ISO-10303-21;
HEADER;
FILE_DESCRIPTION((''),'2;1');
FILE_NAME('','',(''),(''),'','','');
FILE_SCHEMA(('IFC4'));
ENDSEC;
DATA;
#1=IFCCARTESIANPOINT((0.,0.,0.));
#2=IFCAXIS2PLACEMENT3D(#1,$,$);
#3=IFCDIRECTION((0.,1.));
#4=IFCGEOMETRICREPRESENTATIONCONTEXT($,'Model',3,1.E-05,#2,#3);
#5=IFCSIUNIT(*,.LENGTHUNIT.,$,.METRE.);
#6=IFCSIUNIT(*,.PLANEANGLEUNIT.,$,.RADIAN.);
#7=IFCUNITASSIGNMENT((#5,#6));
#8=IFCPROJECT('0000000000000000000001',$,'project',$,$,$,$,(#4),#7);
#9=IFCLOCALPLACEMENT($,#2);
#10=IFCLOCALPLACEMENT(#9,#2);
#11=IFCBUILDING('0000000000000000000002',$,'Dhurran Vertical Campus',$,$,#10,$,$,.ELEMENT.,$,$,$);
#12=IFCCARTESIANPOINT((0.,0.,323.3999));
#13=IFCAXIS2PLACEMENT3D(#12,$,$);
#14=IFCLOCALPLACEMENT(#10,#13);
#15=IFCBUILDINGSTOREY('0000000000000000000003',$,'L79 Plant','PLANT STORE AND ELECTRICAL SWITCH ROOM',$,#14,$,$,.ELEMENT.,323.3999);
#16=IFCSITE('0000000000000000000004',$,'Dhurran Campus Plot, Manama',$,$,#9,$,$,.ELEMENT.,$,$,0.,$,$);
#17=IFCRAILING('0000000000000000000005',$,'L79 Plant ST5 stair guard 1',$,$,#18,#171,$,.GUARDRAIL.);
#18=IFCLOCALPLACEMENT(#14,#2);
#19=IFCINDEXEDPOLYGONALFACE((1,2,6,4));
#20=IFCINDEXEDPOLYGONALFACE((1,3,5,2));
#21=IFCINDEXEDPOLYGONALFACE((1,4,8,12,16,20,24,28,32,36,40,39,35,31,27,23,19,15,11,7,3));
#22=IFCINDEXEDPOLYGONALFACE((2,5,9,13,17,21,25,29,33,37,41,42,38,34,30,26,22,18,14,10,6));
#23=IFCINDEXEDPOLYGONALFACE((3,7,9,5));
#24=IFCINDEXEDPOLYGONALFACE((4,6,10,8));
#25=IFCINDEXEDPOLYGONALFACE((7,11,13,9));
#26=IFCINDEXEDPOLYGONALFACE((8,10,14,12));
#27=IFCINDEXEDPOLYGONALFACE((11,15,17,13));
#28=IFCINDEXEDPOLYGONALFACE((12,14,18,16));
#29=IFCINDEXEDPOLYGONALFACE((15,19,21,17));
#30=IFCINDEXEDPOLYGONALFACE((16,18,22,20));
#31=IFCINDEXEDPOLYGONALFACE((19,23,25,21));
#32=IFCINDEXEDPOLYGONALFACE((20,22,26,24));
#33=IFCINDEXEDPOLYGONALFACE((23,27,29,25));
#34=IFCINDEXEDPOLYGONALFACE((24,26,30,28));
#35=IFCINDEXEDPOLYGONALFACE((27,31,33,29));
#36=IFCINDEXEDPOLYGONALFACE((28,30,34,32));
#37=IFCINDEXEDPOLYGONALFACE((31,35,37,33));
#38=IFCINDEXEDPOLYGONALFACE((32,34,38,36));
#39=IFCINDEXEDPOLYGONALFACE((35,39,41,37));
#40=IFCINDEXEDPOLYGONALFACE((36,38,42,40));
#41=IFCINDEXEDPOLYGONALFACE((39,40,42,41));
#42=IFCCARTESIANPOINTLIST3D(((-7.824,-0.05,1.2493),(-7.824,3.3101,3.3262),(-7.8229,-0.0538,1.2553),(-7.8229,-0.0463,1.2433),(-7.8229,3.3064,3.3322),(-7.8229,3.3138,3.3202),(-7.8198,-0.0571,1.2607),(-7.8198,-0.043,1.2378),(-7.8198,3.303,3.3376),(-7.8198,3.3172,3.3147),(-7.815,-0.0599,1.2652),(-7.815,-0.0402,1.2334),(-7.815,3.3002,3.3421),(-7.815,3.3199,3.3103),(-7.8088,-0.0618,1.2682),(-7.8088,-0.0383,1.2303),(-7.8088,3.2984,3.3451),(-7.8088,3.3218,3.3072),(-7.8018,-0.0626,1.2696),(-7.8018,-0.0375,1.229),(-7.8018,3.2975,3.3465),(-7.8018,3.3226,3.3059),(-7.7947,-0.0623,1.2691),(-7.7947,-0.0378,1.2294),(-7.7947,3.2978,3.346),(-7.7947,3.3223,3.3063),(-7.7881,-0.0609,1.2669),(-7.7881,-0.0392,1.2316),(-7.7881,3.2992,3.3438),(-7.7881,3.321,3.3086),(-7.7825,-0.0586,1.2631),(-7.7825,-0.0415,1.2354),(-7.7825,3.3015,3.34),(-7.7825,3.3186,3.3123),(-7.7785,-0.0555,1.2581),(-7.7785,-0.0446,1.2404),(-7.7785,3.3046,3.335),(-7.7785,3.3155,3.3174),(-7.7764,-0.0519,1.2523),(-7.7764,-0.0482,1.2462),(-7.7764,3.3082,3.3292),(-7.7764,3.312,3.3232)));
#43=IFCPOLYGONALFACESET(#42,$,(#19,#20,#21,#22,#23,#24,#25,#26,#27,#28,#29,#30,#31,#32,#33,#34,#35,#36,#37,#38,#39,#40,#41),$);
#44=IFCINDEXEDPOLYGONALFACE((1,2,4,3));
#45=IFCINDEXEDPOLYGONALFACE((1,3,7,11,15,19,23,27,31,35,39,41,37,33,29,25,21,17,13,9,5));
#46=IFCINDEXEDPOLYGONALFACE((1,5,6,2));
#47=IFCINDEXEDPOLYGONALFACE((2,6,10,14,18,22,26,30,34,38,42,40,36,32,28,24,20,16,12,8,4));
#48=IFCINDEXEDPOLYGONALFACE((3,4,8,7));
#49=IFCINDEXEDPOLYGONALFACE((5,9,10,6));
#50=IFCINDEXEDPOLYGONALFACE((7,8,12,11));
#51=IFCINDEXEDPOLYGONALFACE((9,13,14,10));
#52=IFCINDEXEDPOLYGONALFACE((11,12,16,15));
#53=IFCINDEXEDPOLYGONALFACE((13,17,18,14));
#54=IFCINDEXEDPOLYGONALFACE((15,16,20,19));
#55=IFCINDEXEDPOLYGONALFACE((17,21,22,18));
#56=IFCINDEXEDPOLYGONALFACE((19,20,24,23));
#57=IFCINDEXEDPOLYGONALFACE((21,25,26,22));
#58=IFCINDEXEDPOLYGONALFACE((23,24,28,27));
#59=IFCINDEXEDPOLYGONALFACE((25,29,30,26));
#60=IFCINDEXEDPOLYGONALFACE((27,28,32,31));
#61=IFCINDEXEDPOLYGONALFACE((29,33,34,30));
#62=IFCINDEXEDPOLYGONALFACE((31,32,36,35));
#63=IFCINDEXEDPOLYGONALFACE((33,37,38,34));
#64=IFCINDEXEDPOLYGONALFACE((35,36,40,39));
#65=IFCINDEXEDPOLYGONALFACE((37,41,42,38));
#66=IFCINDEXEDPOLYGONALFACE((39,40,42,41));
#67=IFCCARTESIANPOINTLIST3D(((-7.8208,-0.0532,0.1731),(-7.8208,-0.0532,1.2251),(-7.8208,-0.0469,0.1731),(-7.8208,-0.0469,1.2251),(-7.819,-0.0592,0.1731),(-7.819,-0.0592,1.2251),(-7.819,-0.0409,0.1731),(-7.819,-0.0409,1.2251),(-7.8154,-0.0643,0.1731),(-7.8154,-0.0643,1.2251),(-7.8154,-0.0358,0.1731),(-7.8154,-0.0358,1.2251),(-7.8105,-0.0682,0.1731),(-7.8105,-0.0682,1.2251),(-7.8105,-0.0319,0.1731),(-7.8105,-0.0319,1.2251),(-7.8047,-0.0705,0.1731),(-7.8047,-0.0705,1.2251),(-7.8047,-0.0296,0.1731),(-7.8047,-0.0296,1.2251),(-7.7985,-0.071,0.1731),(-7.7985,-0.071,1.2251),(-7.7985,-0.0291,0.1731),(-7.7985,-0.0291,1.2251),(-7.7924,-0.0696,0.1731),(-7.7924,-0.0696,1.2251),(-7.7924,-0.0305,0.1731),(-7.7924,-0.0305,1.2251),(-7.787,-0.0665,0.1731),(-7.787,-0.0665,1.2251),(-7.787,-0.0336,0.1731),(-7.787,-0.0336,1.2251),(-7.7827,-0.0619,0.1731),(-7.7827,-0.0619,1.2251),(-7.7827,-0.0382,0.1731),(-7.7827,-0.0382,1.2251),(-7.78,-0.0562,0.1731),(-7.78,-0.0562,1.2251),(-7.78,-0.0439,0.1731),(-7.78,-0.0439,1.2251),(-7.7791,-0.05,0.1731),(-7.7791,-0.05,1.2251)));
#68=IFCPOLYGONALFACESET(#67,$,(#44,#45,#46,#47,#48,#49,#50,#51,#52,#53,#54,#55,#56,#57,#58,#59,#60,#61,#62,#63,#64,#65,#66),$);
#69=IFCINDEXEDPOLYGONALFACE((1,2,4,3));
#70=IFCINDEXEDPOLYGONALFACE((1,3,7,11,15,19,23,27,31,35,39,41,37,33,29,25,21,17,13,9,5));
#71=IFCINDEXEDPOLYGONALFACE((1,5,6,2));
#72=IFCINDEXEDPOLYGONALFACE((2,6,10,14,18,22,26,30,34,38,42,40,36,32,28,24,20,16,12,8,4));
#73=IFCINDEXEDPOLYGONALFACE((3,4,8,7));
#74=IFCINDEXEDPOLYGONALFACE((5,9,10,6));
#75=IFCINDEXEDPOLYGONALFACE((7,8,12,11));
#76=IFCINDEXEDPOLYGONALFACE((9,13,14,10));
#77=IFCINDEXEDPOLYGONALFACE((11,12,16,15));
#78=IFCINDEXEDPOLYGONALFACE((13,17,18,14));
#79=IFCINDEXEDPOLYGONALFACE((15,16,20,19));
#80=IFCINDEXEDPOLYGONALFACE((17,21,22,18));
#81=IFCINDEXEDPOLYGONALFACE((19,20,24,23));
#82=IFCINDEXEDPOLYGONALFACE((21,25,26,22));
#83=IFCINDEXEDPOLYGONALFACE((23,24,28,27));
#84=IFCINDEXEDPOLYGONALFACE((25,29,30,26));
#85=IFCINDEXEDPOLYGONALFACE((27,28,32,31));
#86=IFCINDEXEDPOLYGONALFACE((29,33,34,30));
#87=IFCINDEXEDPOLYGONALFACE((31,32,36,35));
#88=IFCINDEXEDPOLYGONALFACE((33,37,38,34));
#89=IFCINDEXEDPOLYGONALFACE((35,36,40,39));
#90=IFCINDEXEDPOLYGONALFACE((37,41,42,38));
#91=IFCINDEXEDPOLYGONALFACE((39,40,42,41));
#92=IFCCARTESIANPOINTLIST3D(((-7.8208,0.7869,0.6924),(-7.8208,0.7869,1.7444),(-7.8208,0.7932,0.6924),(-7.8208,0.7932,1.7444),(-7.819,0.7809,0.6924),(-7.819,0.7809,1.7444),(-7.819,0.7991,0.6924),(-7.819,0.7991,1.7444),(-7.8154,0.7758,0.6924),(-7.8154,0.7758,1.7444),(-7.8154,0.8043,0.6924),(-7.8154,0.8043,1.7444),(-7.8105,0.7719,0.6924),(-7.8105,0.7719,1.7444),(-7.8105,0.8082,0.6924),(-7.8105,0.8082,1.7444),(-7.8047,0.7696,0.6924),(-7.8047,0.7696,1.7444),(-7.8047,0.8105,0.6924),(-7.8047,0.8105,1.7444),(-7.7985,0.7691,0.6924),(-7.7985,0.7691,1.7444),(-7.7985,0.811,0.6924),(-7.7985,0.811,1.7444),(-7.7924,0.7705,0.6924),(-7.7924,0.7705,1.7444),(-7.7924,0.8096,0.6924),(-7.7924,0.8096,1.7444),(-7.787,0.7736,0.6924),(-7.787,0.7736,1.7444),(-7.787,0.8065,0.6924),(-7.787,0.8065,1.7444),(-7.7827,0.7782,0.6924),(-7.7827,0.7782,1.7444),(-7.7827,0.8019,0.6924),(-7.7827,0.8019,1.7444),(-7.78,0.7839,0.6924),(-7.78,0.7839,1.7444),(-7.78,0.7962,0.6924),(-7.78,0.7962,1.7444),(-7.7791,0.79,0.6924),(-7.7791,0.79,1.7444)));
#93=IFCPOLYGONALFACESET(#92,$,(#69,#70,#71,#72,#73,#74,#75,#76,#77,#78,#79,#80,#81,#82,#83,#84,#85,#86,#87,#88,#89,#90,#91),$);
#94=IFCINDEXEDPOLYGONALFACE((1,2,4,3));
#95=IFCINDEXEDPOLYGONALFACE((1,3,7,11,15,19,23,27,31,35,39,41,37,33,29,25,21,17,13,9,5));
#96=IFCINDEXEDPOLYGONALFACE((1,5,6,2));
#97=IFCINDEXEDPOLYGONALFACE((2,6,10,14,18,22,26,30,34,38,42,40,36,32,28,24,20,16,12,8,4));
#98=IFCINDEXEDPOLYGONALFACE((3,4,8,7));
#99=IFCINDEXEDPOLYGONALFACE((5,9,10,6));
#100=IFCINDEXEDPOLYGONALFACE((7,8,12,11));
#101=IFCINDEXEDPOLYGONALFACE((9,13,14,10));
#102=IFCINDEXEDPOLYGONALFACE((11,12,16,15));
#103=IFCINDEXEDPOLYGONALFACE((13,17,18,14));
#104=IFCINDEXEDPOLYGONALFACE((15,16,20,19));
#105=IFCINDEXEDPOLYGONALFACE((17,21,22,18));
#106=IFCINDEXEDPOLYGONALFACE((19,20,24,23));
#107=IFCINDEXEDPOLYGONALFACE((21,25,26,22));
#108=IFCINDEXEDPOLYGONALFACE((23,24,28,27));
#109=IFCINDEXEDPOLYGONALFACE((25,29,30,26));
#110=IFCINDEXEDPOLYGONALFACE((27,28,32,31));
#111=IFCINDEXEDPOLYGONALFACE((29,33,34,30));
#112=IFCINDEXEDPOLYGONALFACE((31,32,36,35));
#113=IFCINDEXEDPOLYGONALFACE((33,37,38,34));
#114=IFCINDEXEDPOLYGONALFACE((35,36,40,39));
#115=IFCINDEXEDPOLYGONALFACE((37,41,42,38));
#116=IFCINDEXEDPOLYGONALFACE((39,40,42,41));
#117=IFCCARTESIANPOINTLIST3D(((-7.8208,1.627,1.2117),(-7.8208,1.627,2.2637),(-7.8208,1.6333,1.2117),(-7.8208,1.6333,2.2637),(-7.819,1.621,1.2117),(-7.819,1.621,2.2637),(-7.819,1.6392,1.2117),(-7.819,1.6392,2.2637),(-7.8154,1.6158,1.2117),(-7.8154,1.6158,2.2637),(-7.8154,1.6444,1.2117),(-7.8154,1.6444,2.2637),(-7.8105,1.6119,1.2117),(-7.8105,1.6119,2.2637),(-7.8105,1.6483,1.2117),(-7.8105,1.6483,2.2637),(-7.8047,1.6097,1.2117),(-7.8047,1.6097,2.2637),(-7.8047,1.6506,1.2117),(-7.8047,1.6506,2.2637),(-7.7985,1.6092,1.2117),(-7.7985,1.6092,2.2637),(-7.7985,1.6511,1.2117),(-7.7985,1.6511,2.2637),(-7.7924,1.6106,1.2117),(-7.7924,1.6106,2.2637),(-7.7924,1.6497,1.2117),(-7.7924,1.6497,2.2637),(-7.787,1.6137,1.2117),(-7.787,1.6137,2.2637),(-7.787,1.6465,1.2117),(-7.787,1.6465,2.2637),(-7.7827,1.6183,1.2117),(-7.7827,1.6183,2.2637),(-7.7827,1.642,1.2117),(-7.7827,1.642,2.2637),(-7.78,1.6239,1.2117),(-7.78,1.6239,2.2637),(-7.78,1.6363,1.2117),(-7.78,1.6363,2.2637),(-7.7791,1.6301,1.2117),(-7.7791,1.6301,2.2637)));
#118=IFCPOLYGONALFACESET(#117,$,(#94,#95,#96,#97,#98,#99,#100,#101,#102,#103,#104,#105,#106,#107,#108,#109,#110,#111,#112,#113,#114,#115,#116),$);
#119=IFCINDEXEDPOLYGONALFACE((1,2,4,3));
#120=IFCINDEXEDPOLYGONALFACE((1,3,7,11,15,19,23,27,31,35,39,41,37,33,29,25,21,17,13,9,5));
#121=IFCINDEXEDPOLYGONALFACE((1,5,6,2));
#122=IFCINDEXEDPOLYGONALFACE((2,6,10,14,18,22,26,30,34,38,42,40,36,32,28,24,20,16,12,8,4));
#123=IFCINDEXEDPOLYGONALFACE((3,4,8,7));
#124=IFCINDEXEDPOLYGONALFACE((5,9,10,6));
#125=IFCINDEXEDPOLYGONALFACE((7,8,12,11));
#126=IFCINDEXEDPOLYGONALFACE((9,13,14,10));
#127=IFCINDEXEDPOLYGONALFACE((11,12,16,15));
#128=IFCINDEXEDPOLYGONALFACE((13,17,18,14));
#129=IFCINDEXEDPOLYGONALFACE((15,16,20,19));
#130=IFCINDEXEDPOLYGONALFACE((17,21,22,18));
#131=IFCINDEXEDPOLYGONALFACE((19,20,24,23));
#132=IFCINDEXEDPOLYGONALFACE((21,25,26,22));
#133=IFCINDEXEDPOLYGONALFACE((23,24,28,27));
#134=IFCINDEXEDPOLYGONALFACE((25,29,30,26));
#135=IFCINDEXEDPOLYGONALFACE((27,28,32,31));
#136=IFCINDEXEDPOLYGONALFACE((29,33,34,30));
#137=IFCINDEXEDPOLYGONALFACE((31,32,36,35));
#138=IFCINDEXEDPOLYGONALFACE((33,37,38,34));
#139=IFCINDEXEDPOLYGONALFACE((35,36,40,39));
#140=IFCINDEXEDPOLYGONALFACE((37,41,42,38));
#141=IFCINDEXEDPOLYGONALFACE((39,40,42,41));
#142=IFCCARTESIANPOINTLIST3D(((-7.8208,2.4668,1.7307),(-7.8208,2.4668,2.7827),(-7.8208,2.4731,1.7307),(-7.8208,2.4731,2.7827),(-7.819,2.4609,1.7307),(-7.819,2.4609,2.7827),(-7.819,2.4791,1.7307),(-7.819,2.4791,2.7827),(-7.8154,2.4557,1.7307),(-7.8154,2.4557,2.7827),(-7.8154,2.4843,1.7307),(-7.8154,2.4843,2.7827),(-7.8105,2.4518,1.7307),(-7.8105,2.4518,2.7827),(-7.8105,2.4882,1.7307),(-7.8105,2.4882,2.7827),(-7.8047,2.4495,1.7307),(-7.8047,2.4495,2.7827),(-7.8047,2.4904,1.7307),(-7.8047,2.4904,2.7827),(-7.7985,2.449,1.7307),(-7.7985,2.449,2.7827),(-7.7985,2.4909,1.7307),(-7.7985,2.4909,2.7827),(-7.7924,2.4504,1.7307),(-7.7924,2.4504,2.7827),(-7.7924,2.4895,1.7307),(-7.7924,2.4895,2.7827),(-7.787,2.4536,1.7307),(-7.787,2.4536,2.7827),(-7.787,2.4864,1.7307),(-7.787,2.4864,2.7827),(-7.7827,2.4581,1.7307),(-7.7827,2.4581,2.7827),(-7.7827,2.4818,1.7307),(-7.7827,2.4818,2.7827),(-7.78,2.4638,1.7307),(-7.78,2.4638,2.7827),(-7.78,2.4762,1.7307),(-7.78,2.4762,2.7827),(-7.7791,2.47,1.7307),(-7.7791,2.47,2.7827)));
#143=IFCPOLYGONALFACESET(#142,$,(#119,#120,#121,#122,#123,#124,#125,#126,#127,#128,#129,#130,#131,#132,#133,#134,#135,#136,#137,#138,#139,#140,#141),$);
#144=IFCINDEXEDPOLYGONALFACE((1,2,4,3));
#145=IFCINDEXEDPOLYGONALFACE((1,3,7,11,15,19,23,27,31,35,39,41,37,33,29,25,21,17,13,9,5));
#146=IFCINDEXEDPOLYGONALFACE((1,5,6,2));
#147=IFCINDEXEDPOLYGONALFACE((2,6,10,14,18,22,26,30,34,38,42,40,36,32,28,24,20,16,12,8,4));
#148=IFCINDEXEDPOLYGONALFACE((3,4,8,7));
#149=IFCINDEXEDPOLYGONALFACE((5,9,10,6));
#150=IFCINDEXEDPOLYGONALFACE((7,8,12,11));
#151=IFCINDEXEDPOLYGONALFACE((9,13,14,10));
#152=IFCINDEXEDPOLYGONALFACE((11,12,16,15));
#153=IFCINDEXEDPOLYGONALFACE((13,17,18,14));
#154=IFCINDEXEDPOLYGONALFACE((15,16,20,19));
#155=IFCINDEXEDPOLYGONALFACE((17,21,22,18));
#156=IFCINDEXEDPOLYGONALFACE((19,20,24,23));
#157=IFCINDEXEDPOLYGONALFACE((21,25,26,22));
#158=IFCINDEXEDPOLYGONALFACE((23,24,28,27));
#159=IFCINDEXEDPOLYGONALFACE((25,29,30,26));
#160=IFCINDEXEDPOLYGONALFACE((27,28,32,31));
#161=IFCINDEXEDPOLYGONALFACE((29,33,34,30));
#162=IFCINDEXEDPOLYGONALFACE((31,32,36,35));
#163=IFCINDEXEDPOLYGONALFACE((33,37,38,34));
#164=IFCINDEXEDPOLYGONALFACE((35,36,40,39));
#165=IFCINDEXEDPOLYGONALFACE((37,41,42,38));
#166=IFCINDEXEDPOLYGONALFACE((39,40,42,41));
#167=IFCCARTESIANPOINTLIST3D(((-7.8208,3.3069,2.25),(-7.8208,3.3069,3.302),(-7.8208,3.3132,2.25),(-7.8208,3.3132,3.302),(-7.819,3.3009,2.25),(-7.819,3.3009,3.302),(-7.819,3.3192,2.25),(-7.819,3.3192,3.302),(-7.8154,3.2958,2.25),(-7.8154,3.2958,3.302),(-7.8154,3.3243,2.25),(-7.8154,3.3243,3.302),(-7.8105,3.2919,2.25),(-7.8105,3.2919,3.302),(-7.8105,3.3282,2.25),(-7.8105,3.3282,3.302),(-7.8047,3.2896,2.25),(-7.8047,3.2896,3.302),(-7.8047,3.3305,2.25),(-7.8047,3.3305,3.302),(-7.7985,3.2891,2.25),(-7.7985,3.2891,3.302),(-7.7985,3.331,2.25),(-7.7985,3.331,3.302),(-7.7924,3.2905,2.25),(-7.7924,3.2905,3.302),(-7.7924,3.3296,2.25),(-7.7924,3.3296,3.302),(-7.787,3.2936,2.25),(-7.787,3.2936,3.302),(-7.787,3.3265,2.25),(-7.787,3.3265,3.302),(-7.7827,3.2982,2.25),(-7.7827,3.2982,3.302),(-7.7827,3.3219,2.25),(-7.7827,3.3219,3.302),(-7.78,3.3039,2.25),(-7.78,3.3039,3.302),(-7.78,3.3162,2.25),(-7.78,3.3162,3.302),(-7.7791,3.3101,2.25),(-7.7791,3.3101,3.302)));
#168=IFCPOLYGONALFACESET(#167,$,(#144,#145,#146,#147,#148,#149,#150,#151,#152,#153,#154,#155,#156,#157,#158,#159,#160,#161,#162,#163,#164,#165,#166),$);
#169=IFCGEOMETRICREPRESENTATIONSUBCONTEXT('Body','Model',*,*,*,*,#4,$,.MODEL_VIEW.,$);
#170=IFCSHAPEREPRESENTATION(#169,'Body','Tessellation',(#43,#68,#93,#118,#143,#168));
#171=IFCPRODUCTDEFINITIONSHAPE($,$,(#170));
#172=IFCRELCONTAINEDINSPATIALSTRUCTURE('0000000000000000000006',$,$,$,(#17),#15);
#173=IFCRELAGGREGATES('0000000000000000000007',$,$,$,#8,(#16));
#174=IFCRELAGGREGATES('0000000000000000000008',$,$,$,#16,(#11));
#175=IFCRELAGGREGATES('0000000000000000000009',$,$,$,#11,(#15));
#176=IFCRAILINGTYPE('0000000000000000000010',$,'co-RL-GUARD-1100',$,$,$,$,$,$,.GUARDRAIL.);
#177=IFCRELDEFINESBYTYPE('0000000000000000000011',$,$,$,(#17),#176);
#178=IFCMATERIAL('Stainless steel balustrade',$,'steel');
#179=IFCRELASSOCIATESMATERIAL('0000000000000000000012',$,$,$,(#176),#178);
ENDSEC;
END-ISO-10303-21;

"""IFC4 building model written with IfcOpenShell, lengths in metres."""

from ifc_helpers import new_model, si_unit, direction, frame, origin, origin_2d, place, context, subcontext, project, spatial, circle, extrude, material, type_object, element, save


model = new_model("IFC4")

# Units and contexts
model_context = context("Model", 3, precision=1e-05, world=origin(), true_north=direction((0.0, 1.0)))
body_context = subcontext(model_context, "Body", "Model", "MODEL_VIEW")
ifc_project = project(units=[si_unit("LENGTHUNIT", "METRE"), si_unit("PLANEANGLEUNIT", "RADIAN")], contexts=[model_context])

# Site, building, storey
site_placement = place(None, origin())
site = spatial("IfcSite", under=ifc_project, at=site_placement, Name="Dhurran Campus Plot, Manama", CompositionType="ELEMENT", RefElevation=0.0)
building_placement = place(site_placement, origin())
building = spatial("IfcBuilding", under=site, at=building_placement, Name="Dhurran Vertical Campus", CompositionType="ELEMENT")
storey_placement = place(building_placement, frame((0.0, 0.0, 323.3999)))
storey = spatial("IfcBuildingStorey", under=building, at=storey_placement, Name="L79 Plant", Description="PLANT STORE AND ELECTRICAL SWITCH ROOM", CompositionType="ELEMENT", Elevation=323.3999)

# Railing
ifc_material_1 = material(Name="Stainless steel balustrade", Category="steel")
railing_type_1 = type_object("IfcRailingType", Name="co-RL-GUARD-1100", PredefinedType="GUARDRAIL", material=ifc_material_1)
railing_1_placement = place(storey_placement, frame((-7.8, -0.05, 0.1731)))
element("IfcRailing", 1, at=railing_1_placement, inside=storey, type_object=railing_type_1, Name="L79 Plant ST5 stair guard 1", PredefinedType="GUARDRAIL", context=body_context, shape_type="SweptSolid", body=[
    extrude(circle(Radius=0.0239, at=origin_2d()), frame((0.0, 0.0, 1.0762), z_axis=(0.0, 0.850623, 0.525776), x_axis=(-1.0, 0.0, 0.0)), (0.0, 0.0, 1.0), 3.9502),
    extrude(circle(Radius=0.021, at=origin_2d()), origin(), (0.0, 0.0, 1.0), 1.052),
    extrude(circle(Radius=0.021, at=origin_2d()), frame((0.0, 0.8401, 0.5193)), (0.0, 0.0, 1.0), 1.052),
    extrude(circle(Radius=0.021, at=origin_2d()), frame((0.0, 1.6802, 1.0386)), (0.0, 0.0, 1.0), 1.052),
    extrude(circle(Radius=0.021, at=origin_2d()), frame((0.0, 2.52, 1.5576)), (0.0, 0.0, 1.0), 1.052),
    extrude(circle(Radius=0.021, at=origin_2d()), frame((0.0, 3.3601, 2.0769)), (0.0, 0.0, 1.0), 1.052),
])

save(model, "model.ifc")
